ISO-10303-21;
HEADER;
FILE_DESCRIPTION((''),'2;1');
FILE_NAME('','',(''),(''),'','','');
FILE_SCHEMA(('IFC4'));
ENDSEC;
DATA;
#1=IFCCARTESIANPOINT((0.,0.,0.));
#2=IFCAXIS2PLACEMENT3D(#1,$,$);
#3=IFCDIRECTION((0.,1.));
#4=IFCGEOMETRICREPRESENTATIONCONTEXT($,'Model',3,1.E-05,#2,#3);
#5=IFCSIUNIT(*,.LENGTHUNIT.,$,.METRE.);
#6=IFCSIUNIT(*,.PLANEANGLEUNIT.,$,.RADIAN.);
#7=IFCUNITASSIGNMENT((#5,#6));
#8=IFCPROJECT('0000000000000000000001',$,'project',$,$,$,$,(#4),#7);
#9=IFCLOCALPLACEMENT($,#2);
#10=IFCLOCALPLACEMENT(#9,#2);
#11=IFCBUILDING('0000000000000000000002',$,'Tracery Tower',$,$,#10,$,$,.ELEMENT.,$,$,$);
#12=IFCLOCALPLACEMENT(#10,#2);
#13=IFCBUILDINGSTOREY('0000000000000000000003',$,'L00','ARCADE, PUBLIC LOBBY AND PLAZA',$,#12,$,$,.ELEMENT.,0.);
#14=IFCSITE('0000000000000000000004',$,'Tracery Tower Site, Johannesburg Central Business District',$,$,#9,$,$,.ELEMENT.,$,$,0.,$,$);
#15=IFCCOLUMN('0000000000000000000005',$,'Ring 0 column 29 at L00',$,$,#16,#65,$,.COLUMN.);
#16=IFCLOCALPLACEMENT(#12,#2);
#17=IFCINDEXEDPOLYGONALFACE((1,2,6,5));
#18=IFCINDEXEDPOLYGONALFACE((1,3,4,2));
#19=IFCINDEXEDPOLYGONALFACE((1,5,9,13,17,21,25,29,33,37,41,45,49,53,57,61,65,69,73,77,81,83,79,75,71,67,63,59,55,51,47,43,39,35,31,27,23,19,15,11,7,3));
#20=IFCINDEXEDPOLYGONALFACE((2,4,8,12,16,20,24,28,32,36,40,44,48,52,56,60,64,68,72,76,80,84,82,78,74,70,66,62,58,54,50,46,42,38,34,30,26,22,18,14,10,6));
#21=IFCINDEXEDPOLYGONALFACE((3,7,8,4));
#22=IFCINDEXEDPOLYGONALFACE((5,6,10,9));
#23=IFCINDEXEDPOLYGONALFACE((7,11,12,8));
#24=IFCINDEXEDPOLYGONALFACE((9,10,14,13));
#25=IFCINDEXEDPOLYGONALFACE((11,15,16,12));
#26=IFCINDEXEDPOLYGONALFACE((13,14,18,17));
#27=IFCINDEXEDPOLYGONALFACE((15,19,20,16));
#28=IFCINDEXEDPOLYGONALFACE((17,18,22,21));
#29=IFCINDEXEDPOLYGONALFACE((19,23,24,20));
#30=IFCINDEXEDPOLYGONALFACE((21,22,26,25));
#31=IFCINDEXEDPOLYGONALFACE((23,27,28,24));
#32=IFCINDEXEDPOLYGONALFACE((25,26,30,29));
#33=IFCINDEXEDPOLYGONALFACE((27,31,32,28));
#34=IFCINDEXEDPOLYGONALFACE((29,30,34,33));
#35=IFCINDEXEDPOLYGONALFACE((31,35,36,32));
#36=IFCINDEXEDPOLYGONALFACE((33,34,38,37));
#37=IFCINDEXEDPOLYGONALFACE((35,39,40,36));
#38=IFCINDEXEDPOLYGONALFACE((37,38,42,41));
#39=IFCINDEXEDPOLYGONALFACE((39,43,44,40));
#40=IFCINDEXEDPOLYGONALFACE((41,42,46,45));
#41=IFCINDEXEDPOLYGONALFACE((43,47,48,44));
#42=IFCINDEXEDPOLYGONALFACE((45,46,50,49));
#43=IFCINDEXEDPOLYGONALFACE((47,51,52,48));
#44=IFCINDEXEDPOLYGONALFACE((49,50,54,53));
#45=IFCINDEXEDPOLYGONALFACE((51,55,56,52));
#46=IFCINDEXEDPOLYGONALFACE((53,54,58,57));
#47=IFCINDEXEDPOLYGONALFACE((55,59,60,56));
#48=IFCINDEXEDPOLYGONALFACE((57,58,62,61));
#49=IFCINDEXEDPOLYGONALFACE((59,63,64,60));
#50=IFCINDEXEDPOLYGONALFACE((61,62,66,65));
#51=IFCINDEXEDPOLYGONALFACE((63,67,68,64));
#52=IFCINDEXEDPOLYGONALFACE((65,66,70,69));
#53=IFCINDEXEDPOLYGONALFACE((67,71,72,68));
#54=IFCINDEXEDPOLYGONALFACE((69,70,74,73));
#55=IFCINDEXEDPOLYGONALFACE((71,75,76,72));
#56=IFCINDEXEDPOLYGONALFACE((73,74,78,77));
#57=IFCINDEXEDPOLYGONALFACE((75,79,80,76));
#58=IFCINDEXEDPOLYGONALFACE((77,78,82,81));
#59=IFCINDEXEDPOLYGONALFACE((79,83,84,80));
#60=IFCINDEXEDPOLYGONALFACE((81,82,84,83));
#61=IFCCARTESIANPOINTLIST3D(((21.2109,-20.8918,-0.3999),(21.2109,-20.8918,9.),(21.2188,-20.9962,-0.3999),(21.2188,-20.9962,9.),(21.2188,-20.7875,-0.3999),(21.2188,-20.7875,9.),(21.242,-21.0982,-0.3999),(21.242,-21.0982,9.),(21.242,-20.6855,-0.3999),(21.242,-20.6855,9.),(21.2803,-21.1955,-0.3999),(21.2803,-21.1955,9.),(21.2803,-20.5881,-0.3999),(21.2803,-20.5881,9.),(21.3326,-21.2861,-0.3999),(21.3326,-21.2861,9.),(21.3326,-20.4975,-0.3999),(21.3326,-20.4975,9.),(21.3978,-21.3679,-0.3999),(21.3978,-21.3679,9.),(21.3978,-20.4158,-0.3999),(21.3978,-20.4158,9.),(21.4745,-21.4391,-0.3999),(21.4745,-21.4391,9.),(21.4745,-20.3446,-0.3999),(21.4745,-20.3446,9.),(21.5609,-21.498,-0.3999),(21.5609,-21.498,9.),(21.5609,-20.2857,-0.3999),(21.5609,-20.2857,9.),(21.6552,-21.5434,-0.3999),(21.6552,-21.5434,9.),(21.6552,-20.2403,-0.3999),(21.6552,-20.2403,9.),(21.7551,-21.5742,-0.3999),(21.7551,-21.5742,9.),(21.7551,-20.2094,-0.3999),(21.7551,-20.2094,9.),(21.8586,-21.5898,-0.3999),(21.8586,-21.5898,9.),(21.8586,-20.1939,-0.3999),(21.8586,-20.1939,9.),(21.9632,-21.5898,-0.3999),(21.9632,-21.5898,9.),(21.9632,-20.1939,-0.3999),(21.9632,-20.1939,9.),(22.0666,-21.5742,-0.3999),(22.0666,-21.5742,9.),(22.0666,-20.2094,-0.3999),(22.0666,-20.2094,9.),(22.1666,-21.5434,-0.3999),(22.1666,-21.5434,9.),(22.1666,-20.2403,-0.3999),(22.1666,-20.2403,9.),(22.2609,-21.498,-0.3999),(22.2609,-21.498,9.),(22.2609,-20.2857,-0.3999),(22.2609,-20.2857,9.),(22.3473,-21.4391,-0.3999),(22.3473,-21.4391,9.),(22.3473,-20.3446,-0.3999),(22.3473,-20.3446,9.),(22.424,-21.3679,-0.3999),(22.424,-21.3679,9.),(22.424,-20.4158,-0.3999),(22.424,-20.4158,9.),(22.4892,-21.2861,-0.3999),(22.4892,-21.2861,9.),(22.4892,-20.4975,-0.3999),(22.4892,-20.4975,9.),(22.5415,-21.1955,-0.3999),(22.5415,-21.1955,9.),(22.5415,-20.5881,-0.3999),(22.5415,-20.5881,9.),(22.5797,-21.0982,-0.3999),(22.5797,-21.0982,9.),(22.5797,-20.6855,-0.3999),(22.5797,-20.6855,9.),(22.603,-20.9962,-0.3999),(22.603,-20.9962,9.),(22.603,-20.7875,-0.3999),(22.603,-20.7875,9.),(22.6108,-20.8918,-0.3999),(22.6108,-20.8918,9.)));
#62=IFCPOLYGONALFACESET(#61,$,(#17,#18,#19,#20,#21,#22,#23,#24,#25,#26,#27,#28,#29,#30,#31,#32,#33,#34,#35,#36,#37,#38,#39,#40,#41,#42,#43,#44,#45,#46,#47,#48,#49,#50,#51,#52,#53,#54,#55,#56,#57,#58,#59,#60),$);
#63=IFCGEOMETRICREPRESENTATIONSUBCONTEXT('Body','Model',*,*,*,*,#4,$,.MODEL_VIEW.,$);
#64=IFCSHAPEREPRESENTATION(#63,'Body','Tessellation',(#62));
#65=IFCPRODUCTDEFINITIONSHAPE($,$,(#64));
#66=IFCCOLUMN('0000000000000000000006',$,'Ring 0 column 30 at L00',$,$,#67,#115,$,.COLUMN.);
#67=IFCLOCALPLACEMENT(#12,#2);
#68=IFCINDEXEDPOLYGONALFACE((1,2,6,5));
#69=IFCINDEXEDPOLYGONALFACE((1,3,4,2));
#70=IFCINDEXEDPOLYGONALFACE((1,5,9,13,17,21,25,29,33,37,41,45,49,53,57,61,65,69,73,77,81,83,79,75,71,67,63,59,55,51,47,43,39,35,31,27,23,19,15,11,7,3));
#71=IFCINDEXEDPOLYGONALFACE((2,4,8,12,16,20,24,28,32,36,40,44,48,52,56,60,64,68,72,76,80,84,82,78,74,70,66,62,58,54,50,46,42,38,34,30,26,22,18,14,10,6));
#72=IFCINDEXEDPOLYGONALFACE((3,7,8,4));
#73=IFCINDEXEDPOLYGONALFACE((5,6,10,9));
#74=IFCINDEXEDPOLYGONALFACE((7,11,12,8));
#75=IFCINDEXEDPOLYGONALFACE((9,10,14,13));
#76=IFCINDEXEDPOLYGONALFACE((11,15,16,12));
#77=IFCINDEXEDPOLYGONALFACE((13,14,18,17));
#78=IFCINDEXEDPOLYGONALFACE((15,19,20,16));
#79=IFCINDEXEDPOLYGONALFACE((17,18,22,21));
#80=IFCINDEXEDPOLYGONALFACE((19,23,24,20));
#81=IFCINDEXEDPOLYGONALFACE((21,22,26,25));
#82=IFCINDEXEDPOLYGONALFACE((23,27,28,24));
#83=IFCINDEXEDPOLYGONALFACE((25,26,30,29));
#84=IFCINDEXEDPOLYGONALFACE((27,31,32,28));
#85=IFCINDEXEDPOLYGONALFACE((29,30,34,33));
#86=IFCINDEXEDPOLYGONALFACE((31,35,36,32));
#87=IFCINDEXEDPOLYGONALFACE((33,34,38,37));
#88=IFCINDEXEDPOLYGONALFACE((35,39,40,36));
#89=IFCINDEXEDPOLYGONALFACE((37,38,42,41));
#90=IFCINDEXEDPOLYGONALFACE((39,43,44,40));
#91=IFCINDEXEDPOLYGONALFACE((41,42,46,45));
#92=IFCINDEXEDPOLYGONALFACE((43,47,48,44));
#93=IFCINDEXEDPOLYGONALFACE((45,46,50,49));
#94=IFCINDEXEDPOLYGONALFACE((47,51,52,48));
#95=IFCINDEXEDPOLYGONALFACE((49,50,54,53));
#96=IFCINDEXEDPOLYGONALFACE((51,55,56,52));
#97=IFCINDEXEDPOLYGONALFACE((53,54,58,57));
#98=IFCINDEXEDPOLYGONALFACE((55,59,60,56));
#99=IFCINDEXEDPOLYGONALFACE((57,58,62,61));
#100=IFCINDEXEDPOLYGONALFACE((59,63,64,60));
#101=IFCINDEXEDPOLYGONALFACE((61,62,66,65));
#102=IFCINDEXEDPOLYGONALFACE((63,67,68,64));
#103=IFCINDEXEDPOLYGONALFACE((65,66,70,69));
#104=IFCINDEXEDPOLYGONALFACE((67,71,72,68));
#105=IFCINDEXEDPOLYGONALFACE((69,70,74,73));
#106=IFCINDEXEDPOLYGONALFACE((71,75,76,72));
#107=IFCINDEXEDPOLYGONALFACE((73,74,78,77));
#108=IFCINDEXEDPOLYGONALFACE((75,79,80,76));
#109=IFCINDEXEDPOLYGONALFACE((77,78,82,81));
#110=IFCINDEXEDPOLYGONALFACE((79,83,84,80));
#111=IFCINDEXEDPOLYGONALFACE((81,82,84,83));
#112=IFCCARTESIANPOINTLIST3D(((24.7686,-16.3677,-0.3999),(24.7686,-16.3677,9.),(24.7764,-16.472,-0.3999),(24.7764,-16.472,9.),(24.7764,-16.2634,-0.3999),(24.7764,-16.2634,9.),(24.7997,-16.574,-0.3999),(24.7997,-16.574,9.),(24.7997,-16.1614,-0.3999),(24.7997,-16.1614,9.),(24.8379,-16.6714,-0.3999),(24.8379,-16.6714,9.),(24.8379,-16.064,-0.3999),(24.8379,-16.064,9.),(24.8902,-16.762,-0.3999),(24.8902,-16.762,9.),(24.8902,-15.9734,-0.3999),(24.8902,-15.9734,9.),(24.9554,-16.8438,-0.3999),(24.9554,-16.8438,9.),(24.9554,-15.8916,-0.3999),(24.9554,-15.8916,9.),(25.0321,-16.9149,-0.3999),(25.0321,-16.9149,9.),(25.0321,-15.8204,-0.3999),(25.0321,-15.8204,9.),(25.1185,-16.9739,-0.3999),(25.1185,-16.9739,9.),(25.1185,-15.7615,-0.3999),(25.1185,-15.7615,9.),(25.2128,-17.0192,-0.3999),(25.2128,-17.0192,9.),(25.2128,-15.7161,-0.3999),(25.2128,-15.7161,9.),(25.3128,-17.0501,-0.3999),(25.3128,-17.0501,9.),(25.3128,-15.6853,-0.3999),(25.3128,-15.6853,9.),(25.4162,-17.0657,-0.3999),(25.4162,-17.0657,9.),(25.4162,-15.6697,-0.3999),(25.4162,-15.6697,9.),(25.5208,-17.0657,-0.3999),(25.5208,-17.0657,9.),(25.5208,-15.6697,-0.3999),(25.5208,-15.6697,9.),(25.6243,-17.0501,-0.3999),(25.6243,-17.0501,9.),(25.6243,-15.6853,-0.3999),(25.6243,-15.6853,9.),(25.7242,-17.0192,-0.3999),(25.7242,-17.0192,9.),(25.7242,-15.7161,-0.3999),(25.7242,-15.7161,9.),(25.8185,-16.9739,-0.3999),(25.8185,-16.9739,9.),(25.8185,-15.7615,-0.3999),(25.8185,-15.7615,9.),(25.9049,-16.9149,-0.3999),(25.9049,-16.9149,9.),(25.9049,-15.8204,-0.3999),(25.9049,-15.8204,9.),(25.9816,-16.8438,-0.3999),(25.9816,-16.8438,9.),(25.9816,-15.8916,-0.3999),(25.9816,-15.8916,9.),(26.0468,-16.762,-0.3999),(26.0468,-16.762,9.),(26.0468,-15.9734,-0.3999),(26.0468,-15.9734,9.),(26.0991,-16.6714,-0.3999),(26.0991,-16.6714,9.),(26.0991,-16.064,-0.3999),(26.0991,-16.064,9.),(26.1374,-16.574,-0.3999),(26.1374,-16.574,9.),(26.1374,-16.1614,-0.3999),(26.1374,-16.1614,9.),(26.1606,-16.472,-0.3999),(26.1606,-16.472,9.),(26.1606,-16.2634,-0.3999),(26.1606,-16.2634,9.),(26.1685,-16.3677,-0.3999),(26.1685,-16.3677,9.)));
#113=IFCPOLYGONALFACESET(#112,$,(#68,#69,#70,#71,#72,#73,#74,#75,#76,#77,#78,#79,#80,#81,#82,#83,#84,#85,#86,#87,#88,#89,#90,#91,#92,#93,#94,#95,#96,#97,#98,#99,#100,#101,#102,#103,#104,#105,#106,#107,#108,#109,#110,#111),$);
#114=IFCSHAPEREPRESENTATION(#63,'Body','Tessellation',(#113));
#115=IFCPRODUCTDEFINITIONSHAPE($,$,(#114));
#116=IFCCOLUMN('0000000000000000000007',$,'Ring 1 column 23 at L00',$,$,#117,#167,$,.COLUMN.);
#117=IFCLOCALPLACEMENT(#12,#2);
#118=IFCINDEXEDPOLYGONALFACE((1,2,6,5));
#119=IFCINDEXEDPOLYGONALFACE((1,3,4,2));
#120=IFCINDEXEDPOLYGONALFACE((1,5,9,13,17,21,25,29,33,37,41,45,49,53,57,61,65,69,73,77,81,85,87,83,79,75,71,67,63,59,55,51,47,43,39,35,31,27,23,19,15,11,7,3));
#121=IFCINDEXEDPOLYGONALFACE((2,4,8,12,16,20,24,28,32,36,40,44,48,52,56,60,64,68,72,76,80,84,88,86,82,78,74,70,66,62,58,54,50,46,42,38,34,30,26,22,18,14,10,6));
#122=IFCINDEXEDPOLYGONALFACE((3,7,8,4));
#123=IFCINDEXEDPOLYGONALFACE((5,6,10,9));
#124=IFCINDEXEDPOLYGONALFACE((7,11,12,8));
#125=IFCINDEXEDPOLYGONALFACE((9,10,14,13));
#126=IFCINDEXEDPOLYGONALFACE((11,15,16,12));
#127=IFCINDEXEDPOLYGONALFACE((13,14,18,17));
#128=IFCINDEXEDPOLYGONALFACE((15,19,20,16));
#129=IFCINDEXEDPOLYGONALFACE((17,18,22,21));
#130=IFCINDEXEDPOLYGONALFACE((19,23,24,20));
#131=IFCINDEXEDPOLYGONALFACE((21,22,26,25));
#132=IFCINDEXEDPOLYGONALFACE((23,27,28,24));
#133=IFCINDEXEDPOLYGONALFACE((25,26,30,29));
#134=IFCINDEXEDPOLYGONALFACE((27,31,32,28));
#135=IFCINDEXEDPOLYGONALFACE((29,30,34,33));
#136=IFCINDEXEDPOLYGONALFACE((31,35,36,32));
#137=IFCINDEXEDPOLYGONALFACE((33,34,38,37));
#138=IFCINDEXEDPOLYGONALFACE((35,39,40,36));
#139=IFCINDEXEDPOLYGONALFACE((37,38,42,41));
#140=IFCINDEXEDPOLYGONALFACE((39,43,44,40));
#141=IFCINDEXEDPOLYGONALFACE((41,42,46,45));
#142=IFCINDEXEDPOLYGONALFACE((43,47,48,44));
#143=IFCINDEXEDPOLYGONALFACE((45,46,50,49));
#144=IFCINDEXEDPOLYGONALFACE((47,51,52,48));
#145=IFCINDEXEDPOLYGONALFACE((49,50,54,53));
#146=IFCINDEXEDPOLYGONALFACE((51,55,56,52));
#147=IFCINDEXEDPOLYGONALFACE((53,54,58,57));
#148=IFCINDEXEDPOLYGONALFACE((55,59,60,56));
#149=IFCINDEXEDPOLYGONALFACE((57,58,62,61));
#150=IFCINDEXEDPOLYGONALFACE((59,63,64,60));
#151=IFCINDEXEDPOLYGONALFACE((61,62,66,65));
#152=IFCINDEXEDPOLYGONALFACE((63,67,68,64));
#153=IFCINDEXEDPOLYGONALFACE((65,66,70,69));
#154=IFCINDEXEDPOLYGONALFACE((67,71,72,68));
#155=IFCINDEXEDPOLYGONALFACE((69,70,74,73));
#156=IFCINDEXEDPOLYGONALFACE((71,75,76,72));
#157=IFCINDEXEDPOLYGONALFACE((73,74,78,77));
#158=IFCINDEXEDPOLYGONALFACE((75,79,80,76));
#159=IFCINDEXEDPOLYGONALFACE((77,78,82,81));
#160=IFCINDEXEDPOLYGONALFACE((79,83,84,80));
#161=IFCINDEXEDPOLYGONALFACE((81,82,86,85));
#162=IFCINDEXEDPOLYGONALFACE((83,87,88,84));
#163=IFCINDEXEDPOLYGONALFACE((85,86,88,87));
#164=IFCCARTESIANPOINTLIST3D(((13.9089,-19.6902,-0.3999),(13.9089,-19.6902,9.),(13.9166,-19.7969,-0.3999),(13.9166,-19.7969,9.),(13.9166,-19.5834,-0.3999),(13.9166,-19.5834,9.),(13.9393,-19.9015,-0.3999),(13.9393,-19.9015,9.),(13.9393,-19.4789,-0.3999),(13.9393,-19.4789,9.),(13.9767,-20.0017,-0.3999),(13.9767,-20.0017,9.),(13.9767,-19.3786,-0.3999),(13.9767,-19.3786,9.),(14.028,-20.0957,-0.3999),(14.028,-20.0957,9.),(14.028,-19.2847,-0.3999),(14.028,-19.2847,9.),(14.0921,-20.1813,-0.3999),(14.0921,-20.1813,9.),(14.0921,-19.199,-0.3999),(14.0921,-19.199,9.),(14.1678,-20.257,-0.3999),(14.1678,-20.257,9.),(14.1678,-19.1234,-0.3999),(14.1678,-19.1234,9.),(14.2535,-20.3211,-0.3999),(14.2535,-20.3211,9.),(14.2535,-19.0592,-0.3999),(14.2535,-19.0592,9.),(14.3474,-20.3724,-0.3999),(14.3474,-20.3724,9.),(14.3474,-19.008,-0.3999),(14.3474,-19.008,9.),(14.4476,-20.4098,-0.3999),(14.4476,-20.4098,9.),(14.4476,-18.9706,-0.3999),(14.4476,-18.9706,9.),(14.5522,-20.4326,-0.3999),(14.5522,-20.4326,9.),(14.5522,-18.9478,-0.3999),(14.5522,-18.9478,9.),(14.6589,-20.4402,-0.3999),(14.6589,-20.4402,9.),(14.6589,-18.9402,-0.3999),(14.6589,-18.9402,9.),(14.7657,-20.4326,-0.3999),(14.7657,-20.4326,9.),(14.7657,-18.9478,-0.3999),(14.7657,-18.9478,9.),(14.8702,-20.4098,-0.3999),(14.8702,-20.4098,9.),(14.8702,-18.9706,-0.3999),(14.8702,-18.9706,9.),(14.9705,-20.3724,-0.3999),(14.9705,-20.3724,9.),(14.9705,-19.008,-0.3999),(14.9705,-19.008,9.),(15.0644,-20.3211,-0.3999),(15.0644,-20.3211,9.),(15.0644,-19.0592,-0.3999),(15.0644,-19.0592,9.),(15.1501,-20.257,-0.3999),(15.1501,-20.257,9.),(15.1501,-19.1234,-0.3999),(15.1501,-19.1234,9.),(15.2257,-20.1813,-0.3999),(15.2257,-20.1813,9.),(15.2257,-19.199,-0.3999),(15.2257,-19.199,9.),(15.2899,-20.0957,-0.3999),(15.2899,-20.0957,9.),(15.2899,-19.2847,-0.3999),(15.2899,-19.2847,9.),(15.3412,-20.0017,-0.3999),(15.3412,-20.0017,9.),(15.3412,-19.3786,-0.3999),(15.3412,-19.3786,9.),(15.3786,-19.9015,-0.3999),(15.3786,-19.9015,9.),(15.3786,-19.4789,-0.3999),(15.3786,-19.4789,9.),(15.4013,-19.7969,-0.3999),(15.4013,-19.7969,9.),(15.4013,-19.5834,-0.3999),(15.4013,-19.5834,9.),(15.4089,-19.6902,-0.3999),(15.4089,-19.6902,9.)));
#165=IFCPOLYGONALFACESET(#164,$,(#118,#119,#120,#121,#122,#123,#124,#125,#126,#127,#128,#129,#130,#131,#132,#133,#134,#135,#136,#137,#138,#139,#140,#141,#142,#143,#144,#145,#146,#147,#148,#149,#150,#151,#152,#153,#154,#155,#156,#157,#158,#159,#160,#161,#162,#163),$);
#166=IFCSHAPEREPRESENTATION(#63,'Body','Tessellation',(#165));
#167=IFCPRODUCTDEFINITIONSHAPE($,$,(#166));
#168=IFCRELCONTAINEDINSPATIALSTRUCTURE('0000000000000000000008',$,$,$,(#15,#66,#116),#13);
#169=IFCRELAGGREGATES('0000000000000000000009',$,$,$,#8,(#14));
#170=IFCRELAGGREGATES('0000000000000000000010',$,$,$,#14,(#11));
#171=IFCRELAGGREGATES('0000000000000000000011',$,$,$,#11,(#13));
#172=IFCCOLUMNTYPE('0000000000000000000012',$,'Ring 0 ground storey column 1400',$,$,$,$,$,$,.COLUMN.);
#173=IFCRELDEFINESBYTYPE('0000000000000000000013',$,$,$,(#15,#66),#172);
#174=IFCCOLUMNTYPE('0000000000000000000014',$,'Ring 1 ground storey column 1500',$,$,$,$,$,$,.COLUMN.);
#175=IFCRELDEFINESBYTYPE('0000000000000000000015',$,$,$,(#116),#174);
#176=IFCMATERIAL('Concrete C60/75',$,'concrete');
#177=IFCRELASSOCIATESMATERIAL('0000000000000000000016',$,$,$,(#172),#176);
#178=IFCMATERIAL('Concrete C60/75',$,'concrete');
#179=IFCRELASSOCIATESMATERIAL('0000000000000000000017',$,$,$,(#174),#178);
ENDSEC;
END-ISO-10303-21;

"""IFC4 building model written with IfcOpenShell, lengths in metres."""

from ifc_helpers import new_model, si_unit, direction, frame, origin, origin_2d, place, context, subcontext, project, spatial, circle, extrude, material, material_profile, profile_set, type_object, element, save


model = new_model("IFC4")

# Units and contexts
model_context = context("Model", 3, precision=1e-05, world=origin(), true_north=direction((0.0, 1.0)))
body_context = subcontext(model_context, "Body", "Model", "MODEL_VIEW")
ifc_project = project(units=[si_unit("LENGTHUNIT", "METRE"), si_unit("PLANEANGLEUNIT", "RADIAN")], contexts=[model_context])

# Site, building, storey
site_placement = place(None, origin())
site = spatial("IfcSite", under=ifc_project, at=site_placement, Name="Tracery Tower Site, Johannesburg Central Business District", CompositionType="ELEMENT", RefElevation=0.0)
building_placement = place(site_placement, origin())
building = spatial("IfcBuilding", under=site, at=building_placement, Name="Tracery Tower", CompositionType="ELEMENT")
storey_placement = place(building_placement, origin())
storey = spatial("IfcBuildingStorey", under=building, at=storey_placement, Name="L00", Description="ARCADE, PUBLIC LOBBY AND PLAZA", CompositionType="ELEMENT", Elevation=0.0)

# Columns
ifc_material_1 = material(Name="Concrete C60/75", Category="concrete")
ifc_material_profile_1 = material_profile(ifc_material_1, circle(Radius=0.7, at=origin_2d()), Name="RC D1400")
ifc_profile_set_1 = profile_set([ifc_material_profile_1], Name="Concrete C60/75")
column_type_1 = type_object("IfcColumnType", Name="Ring 0 ground storey column 1400", PredefinedType="COLUMN", material=ifc_profile_set_1)
for number, where, z_axis, x_axis, name in (
    (1, (21.9109, -20.8918, -0.3999), (0.0, 0.0, 1.0), (1.0, 0.0, 0.0), "Ring 0 column 29 at L00"),
    (2, (25.4685, -16.3677, -0.3999), (0.0, 0.0, 1.0), (1.0, 0.0, 0.0), "Ring 0 column 30 at L00"),
):
    element("IfcColumn", number, at=place(storey_placement, frame(where, z_axis=z_axis, x_axis=x_axis)), inside=storey, type_object=column_type_1, Name=name, PredefinedType="COLUMN", context=body_context, shape_type="SweptSolid", body=[
        extrude(circle(Radius=0.7, at=origin_2d()), origin(), (0.0, 0.0, 1.0), 9.3999),
    ])
ifc_material_2 = material(Name="Concrete C60/75", Category="concrete")
ifc_material_profile_2 = material_profile(ifc_material_2, circle(Radius=0.75, at=origin_2d()), Name="RC D1500")
ifc_profile_set_2 = profile_set([ifc_material_profile_2], Name="Concrete C60/75")
column_type_2 = type_object("IfcColumnType", Name="Ring 1 ground storey column 1500", PredefinedType="COLUMN", material=ifc_profile_set_2)
for number, where, z_axis, x_axis, name in (
    (3, (14.6589, -19.6902, -0.3999), (0.0, 0.0, 1.0), (1.0, 0.0, 0.0), "Ring 1 column 23 at L00"),
):
    element("IfcColumn", number, at=place(storey_placement, frame(where, z_axis=z_axis, x_axis=x_axis)), inside=storey, type_object=column_type_2, Name=name, PredefinedType="COLUMN", context=body_context, shape_type="SweptSolid", body=[
        extrude(circle(Radius=0.75, at=origin_2d()), origin(), (0.0, 0.0, 1.0), 9.3999),
    ])

save(model, "model.ifc")
